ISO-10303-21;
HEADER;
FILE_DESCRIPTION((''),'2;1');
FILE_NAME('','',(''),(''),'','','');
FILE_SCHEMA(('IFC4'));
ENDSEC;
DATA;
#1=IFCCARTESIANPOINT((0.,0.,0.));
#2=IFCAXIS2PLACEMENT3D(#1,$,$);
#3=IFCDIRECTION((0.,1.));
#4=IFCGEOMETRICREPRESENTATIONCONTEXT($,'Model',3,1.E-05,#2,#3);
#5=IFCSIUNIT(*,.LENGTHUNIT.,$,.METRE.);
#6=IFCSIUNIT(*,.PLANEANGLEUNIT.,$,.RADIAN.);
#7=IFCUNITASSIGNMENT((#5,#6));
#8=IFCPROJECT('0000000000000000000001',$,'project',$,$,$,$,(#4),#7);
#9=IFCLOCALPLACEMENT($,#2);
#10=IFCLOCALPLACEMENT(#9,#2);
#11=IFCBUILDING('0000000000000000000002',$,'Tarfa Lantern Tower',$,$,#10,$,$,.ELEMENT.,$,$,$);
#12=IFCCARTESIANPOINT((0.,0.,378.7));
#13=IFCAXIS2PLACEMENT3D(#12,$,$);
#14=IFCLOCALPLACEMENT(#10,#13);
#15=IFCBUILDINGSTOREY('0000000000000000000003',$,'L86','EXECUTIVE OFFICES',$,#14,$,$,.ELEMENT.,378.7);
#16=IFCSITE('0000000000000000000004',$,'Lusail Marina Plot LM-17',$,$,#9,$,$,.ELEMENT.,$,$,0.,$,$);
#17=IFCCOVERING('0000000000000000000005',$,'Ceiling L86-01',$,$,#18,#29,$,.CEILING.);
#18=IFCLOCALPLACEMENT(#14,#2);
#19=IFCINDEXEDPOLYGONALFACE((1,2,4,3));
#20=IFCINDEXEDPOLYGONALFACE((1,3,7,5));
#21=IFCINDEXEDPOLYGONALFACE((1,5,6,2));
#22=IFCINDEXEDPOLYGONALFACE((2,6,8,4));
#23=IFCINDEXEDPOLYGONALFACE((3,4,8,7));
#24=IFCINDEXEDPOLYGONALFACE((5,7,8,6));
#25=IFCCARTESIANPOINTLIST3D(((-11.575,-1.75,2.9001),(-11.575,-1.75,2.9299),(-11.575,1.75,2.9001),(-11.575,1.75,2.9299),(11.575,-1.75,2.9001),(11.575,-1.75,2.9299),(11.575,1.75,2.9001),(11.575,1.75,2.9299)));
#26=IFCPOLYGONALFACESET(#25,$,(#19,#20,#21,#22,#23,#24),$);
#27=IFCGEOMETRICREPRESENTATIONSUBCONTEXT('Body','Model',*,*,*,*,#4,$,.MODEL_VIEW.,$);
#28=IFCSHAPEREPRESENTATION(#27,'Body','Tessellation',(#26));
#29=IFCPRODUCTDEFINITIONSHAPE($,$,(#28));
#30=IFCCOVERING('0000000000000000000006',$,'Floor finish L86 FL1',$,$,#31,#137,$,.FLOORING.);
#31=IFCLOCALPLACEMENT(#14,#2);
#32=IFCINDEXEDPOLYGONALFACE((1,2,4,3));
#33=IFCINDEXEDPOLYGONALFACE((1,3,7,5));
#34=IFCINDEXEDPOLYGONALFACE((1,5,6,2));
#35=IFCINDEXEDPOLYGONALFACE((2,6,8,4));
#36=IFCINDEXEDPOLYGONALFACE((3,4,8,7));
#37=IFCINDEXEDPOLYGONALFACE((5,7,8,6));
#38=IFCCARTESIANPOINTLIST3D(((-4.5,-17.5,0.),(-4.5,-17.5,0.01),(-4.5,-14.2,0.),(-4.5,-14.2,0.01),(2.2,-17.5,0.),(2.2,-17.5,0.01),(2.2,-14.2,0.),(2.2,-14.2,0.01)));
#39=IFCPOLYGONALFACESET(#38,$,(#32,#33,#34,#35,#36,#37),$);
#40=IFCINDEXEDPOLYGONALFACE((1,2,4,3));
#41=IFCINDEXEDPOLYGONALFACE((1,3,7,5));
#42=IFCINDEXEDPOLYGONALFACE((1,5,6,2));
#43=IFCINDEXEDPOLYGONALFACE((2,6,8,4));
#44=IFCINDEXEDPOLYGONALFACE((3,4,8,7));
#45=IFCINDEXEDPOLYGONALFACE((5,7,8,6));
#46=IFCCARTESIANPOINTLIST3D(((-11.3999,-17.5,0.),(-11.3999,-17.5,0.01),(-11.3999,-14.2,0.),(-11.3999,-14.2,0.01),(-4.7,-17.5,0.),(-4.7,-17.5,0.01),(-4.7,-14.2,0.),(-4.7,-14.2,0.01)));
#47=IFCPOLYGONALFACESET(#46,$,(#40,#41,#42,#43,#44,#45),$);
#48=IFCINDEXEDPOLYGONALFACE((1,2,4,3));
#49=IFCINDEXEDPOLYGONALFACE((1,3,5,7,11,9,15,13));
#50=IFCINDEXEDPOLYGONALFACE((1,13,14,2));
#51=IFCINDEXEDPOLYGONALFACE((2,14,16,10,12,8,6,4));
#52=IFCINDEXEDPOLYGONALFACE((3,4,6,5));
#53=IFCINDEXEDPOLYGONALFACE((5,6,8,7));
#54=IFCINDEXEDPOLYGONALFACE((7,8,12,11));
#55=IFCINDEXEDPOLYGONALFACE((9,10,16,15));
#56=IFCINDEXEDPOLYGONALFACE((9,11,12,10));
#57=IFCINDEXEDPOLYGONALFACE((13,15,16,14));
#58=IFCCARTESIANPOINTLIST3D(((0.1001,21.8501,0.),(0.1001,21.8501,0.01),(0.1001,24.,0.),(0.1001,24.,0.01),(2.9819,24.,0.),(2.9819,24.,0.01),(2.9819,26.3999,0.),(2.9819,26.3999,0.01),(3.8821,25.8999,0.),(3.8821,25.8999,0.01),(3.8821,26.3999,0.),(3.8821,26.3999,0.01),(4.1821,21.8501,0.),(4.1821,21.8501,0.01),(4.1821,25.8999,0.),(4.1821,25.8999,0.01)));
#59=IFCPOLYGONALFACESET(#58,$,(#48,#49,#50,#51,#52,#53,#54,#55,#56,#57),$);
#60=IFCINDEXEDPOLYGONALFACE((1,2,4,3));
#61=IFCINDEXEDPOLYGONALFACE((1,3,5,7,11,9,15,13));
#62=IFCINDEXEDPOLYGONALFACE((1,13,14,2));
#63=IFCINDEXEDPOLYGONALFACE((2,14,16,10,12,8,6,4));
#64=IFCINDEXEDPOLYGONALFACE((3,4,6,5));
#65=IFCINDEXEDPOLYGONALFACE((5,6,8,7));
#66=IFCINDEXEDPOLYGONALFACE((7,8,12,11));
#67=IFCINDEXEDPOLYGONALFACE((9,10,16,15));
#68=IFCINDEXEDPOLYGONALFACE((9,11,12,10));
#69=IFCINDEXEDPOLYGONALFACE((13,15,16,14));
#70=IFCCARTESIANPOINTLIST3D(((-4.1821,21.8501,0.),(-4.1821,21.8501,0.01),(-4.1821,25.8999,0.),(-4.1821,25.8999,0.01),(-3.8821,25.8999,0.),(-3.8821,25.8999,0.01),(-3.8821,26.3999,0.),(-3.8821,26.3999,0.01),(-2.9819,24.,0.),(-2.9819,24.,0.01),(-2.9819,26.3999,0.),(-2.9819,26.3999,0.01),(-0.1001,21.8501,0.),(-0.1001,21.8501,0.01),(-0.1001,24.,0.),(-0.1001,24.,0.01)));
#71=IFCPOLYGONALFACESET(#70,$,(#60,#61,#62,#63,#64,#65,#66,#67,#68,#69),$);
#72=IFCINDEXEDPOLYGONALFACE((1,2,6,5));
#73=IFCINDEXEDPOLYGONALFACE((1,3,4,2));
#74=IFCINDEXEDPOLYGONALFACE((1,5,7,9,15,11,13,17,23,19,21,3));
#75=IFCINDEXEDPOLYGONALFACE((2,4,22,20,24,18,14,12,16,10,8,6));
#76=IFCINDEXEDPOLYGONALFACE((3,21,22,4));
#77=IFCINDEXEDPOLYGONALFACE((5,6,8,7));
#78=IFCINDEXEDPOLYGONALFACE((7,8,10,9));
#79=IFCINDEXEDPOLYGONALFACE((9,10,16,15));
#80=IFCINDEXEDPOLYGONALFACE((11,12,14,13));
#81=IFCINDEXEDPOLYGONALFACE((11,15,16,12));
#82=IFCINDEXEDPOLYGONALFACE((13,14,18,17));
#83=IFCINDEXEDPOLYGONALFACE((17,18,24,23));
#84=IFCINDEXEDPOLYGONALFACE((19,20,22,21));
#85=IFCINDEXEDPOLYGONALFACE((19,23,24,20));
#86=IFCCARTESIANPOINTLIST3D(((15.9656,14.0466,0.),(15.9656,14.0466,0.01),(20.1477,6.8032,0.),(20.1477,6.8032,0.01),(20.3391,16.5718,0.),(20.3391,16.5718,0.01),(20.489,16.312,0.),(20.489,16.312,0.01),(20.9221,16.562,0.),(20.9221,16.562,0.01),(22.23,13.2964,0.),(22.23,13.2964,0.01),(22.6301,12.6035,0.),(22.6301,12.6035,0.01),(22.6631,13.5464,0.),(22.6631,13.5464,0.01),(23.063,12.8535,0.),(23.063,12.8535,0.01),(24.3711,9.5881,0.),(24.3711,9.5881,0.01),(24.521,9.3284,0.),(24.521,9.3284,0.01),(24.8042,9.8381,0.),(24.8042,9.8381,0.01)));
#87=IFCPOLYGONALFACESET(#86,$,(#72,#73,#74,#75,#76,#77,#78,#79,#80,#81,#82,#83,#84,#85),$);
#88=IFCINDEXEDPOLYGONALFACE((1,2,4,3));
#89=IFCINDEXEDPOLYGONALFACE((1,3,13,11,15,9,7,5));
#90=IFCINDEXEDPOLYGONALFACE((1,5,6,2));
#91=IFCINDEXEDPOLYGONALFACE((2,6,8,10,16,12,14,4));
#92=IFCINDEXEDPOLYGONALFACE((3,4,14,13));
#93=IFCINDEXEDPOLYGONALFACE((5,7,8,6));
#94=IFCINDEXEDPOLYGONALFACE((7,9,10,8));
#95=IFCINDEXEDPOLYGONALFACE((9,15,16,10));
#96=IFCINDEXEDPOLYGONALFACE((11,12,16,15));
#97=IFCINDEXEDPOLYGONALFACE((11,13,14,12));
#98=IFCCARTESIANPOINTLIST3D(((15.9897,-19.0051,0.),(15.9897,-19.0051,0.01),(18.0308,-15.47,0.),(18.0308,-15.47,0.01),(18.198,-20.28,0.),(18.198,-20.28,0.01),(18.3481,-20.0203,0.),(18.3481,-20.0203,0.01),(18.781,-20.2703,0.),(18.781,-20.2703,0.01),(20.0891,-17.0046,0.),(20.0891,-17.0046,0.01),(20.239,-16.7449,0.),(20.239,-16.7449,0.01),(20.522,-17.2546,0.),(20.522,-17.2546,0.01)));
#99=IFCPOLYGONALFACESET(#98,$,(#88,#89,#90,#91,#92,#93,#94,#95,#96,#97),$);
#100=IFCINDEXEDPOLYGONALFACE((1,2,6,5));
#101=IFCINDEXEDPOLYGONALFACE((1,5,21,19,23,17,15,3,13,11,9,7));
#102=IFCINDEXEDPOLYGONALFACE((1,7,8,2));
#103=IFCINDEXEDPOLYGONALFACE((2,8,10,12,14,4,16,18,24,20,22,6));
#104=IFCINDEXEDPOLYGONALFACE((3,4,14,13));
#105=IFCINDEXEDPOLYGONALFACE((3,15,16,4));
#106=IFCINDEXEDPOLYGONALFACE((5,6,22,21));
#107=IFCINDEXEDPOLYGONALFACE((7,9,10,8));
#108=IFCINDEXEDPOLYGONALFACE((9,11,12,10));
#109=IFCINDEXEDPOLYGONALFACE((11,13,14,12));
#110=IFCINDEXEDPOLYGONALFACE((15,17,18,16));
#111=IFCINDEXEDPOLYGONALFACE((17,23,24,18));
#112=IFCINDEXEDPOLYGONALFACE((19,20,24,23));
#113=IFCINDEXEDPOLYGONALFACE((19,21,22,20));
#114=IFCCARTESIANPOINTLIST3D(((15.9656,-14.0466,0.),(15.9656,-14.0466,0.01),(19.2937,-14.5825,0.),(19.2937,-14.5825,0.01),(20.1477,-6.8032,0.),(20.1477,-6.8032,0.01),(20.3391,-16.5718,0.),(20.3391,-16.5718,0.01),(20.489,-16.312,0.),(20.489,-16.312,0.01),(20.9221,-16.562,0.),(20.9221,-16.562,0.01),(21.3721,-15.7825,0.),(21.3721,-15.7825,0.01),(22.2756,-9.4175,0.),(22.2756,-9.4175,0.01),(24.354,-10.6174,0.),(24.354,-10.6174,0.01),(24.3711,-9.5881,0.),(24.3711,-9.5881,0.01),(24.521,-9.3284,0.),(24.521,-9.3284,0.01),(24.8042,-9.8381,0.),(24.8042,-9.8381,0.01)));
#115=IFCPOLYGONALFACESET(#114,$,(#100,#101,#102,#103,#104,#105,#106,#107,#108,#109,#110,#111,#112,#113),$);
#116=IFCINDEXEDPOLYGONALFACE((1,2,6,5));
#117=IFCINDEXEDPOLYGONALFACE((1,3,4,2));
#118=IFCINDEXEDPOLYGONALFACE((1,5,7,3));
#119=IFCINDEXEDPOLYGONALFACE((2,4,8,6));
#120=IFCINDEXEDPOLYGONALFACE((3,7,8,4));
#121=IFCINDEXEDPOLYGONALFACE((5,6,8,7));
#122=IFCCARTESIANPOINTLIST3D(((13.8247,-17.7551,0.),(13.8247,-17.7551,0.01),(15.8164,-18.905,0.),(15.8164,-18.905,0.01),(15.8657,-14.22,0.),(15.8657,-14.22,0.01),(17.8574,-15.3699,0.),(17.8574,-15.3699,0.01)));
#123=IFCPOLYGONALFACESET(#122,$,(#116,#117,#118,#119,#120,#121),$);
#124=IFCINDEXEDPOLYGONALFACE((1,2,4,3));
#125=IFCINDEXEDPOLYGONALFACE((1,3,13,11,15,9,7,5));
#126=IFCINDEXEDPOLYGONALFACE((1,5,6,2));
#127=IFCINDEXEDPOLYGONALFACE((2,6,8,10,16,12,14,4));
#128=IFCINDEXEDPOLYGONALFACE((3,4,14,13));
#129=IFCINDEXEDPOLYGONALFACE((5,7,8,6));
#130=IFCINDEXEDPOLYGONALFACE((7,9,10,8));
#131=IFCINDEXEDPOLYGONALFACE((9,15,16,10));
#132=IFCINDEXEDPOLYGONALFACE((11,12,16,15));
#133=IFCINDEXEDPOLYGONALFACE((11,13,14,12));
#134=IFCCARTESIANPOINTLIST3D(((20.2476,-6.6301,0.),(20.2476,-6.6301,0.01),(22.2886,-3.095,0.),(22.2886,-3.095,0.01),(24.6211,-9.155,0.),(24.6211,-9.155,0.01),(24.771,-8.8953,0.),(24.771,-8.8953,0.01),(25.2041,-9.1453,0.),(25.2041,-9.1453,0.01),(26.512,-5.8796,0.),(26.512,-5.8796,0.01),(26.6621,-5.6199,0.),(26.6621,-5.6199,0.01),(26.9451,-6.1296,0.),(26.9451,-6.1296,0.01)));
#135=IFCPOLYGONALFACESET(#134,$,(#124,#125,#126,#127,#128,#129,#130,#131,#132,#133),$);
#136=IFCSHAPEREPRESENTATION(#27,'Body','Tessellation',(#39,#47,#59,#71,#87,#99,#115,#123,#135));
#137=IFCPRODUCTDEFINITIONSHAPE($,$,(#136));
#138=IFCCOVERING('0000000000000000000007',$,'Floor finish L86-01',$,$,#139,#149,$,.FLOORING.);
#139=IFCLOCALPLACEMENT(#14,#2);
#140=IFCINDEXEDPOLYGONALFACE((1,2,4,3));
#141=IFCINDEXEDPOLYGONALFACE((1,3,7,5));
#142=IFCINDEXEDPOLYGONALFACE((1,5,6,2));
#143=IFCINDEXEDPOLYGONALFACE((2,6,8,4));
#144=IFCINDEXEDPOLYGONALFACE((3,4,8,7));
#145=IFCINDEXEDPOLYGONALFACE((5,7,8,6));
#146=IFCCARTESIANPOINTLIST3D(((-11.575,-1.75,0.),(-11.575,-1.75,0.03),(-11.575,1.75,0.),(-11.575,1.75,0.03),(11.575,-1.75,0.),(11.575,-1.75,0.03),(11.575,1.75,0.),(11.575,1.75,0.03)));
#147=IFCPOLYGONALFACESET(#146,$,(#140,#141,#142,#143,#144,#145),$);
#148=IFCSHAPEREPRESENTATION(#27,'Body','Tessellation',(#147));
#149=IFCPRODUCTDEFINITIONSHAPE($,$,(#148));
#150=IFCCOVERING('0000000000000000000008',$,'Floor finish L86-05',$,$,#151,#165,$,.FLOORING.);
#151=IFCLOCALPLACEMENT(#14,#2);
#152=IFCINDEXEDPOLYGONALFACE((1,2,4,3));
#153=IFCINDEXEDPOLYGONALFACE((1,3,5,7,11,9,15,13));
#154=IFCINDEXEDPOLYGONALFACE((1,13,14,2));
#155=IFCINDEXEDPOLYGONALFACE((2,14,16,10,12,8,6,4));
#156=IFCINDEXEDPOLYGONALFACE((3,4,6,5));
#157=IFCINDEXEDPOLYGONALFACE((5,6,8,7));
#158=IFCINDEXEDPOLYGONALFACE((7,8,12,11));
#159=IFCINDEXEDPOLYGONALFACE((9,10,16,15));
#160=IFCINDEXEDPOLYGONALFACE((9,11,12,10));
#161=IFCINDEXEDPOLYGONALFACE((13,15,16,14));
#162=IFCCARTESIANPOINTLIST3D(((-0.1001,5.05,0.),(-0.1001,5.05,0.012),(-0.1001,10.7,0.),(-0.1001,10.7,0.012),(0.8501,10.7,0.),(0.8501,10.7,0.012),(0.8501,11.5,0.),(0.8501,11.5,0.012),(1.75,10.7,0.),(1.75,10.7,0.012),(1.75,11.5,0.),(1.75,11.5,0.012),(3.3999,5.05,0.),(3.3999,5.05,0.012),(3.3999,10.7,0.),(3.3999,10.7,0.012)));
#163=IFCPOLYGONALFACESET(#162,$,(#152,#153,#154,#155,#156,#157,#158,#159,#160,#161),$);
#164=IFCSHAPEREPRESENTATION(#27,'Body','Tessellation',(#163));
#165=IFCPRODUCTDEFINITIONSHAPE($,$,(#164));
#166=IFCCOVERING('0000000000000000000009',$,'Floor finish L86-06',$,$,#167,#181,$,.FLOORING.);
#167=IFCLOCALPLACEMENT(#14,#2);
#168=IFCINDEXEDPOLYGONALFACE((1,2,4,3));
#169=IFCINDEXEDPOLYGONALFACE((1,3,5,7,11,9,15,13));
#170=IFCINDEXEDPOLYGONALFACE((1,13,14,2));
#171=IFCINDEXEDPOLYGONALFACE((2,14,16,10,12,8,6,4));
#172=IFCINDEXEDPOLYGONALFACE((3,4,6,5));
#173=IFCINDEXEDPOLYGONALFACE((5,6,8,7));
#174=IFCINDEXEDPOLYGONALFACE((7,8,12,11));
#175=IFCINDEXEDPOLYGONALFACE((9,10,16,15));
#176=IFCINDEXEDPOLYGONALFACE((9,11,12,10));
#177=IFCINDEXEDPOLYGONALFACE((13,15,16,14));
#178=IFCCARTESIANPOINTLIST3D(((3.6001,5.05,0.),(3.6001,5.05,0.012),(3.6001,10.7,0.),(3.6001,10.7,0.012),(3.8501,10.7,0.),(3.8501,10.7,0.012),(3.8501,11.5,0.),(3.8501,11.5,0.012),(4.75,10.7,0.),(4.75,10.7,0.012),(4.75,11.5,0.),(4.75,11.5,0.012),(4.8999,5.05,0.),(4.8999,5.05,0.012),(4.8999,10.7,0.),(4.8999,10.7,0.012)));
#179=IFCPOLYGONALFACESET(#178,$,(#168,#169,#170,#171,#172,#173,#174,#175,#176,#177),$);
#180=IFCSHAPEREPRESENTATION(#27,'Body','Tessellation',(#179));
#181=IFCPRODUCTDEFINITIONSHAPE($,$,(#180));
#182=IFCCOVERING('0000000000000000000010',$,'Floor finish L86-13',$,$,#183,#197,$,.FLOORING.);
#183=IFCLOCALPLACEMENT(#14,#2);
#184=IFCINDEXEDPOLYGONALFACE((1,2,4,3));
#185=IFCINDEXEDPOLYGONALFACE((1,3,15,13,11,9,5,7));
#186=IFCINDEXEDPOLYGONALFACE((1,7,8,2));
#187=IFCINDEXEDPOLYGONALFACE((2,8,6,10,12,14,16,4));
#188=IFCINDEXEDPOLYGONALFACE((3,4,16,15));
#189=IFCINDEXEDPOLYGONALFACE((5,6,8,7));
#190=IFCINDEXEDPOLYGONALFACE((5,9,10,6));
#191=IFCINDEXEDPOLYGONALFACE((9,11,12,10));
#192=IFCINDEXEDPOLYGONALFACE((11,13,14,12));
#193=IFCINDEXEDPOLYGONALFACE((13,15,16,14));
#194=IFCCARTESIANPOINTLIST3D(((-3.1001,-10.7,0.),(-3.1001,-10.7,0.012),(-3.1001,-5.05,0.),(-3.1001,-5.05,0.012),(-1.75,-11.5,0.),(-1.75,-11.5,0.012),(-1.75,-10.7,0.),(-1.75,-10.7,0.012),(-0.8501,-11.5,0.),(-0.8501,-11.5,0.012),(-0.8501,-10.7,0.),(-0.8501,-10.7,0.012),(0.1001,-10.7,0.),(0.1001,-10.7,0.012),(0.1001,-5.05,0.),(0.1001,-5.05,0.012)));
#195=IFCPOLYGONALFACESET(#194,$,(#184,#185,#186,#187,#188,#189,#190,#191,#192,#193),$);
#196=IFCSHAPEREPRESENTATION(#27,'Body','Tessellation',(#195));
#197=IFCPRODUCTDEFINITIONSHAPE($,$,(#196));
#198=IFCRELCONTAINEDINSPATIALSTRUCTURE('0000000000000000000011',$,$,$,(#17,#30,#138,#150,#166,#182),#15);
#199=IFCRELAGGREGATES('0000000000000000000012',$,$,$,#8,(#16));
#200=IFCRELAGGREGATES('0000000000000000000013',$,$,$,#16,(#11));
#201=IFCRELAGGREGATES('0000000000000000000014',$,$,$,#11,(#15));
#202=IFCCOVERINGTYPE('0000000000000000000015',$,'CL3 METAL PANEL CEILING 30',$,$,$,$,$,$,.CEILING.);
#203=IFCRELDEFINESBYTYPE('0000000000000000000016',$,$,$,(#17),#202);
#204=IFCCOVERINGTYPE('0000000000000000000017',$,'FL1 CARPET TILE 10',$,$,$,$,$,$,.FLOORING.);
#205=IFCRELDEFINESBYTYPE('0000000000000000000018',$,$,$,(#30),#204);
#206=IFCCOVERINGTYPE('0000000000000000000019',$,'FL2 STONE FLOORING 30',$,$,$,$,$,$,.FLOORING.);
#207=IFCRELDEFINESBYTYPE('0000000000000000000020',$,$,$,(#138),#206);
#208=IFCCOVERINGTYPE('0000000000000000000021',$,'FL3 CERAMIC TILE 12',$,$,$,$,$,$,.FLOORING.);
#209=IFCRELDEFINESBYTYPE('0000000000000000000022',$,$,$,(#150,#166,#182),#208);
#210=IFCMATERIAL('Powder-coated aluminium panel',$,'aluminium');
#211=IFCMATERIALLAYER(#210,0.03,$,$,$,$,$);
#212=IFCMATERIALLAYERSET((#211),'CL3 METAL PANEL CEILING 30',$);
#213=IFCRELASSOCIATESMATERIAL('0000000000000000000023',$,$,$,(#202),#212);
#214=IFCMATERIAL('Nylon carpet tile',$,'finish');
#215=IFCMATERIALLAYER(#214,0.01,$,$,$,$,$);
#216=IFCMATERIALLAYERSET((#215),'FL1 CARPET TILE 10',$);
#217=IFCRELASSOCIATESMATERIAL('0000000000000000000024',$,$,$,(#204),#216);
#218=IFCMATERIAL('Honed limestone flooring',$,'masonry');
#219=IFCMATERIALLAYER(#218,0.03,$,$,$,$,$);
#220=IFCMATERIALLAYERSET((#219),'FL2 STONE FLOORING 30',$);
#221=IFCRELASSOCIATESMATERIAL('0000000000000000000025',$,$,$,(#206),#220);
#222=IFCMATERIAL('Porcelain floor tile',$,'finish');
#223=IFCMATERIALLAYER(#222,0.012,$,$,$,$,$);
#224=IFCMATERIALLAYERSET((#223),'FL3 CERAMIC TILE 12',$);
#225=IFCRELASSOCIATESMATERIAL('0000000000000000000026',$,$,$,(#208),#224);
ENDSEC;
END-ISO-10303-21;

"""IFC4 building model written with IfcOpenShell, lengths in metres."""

from ifc_helpers import new_model, si_unit, direction, frame, origin, place, context, subcontext, project, spatial, polyline, outline, extrude, material, layer, layer_set, type_object, element, save


model = new_model("IFC4")

# Units and contexts
model_context = context("Model", 3, precision=1e-05, world=origin(), true_north=direction((0.0, 1.0)))
body_context = subcontext(model_context, "Body", "Model", "MODEL_VIEW")
ifc_project = project(units=[si_unit("LENGTHUNIT", "METRE"), si_unit("PLANEANGLEUNIT", "RADIAN")], contexts=[model_context])

# Site, building, storey
site_placement = place(None, origin())
site = spatial("IfcSite", under=ifc_project, at=site_placement, Name="Lusail Marina Plot LM-17", CompositionType="ELEMENT", RefElevation=0.0)
building_placement = place(site_placement, origin())
building = spatial("IfcBuilding", under=site, at=building_placement, Name="Tarfa Lantern Tower", CompositionType="ELEMENT")
storey_placement = place(building_placement, frame((0.0, 0.0, 378.7)))
storey = spatial("IfcBuildingStorey", under=building, at=storey_placement, Name="L86", Description="EXECUTIVE OFFICES", CompositionType="ELEMENT", Elevation=378.7)

# Coverings
ifc_material_1 = material(Name="Powder-coated aluminium panel", Category="aluminium")
ifc_layer_1 = layer(ifc_material_1, 0.03)
ifc_layer_set_1 = layer_set([ifc_layer_1], Name="CL3 METAL PANEL CEILING 30")
covering_type_1 = type_object("IfcCoveringType", Name="CL3 METAL PANEL CEILING 30", PredefinedType="CEILING", material=ifc_layer_set_1)
covering_1_placement = place(storey_placement, frame((0.0, 0.0, 2.9001)))
element("IfcCovering", 1, at=covering_1_placement, inside=storey, type_object=covering_type_1, Name="Ceiling L86-01", PredefinedType="CEILING", context=body_context, shape_type="SweptSolid", body=[
    extrude(outline(polyline([(-11.575, -1.75), (11.575, -1.75), (11.575, 1.75), (-11.575, 1.75), (-11.575, -1.75)])), origin(), (0.0, 0.0, 1.0), 0.0298),
])
ifc_material_2 = material(Name="Nylon carpet tile", Category="finish")
ifc_layer_2 = layer(ifc_material_2, 0.01)
ifc_layer_set_2 = layer_set([ifc_layer_2], Name="FL1 CARPET TILE 10")
covering_type_2 = type_object("IfcCoveringType", Name="FL1 CARPET TILE 10", PredefinedType="FLOORING", material=ifc_layer_set_2)
covering_2_placement = place(storey_placement, origin())
element("IfcCovering", 2, at=covering_2_placement, inside=storey, type_object=covering_type_2, Name="Floor finish L86 FL1", PredefinedType="FLOORING", context=body_context, shape_type="SweptSolid", body=[
    extrude(outline(polyline([(-4.5, -14.2), (2.2, -14.2), (2.2, -17.5), (-4.5, -17.5), (-4.5, -14.2)])), origin(), (0.0, 0.0, 1.0), 0.01),
    extrude(outline(polyline([(-11.3999, -14.2), (-4.7, -14.2), (-4.7, -17.5), (-11.3999, -17.5), (-11.3999, -14.2)])), origin(), (0.0, 0.0, 1.0), 0.01),
    extrude(outline(polyline([(4.1821, 21.8501), (0.1001, 21.8501), (0.1001, 24.0), (2.9819, 24.0), (2.9819, 26.3999), (3.8821, 26.3999), (3.8821, 25.8999), (4.1821, 25.8999), (4.1821, 21.8501)])), origin(), (0.0, 0.0, 1.0), 0.01),
    extrude(outline(polyline([(-2.9819, 24.0), (-0.1001, 24.0), (-0.1001, 21.8501), (-4.1821, 21.8501), (-4.1821, 25.8999), (-3.8821, 25.8999), (-3.8821, 26.3999), (-2.9819, 26.3999), (-2.9819, 24.0)])), origin(), (0.0, 0.0, 1.0), 0.01),
    extrude(outline(polyline([(15.9656, 14.0466), (20.3391, 16.5718), (20.489, 16.312), (20.9221, 16.562), (22.6631, 13.5464), (22.23, 13.2964), (22.6301, 12.6035), (23.063, 12.8535), (24.8042, 9.8381), (24.3711, 9.5881), (24.521, 9.3284), (20.1477, 6.8032), (15.9656, 14.0466)])), origin(), (0.0, 0.0, 1.0), 0.01),
    extrude(outline(polyline([(15.9897, -19.0051), (18.0308, -15.47), (20.239, -16.7449), (20.0891, -17.0046), (20.522, -17.2546), (18.781, -20.2703), (18.3481, -20.0203), (18.198, -20.28), (15.9897, -19.0051)])), origin(), (0.0, 0.0, 1.0), 0.01),
    extrude(outline(polyline([(20.1477, -6.8032), (24.521, -9.3284), (24.3711, -9.5881), (24.8042, -9.8381), (24.354, -10.6174), (22.2756, -9.4175), (19.2937, -14.5825), (21.3721, -15.7825), (20.9221, -16.562), (20.489, -16.312), (20.3391, -16.5718), (15.9656, -14.0466), (20.1477, -6.8032)])), origin(), (0.0, 0.0, 1.0), 0.01),
    extrude(outline(polyline([(15.8657, -14.22), (17.8574, -15.3699), (15.8164, -18.905), (13.8247, -17.7551), (15.8657, -14.22)])), origin(), (0.0, 0.0, 1.0), 0.01),
    extrude(outline(polyline([(22.2886, -3.095), (26.6621, -5.6199), (26.512, -5.8796), (26.9451, -6.1296), (25.2041, -9.1453), (24.771, -8.8953), (24.6211, -9.155), (20.2476, -6.6301), (22.2886, -3.095)])), origin(), (0.0, 0.0, 1.0), 0.01),
])
ifc_material_3 = material(Name="Honed limestone flooring", Category="masonry")
ifc_layer_3 = layer(ifc_material_3, 0.03)
ifc_layer_set_3 = layer_set([ifc_layer_3], Name="FL2 STONE FLOORING 30")
covering_type_3 = type_object("IfcCoveringType", Name="FL2 STONE FLOORING 30", PredefinedType="FLOORING", material=ifc_layer_set_3)
covering_3_placement = place(storey_placement, origin())
element("IfcCovering", 3, at=covering_3_placement, inside=storey, type_object=covering_type_3, Name="Floor finish L86-01", PredefinedType="FLOORING", context=body_context, shape_type="SweptSolid", body=[
    extrude(outline(polyline([(-11.575, -1.75), (11.575, -1.75), (11.575, 1.75), (-11.575, 1.75), (-11.575, -1.75)])), origin(), (0.0, 0.0, 1.0), 0.03),
])
ifc_material_4 = material(Name="Porcelain floor tile", Category="finish")
ifc_layer_4 = layer(ifc_material_4, 0.012)
ifc_layer_set_4 = layer_set([ifc_layer_4], Name="FL3 CERAMIC TILE 12")
covering_type_4 = type_object("IfcCoveringType", Name="FL3 CERAMIC TILE 12", PredefinedType="FLOORING", material=ifc_layer_set_4)
covering_4_placement = place(storey_placement, origin())
element("IfcCovering", 4, at=covering_4_placement, inside=storey, type_object=covering_type_4, Name="Floor finish L86-05", PredefinedType="FLOORING", context=body_context, shape_type="SweptSolid", body=[
    extrude(outline(polyline([(0.8501, 10.7), (-0.1001, 10.7), (-0.1001, 5.05), (3.3999, 5.05), (3.3999, 10.7), (1.75, 10.7), (1.75, 11.5), (0.8501, 11.5), (0.8501, 11.5), (0.8501, 10.7)])), origin(), (0.0, 0.0, 1.0), 0.012),
])
covering_5_placement = place(storey_placement, origin())
element("IfcCovering", 5, at=covering_5_placement, inside=storey, type_object=covering_type_4, Name="Floor finish L86-06", PredefinedType="FLOORING", context=body_context, shape_type="SweptSolid", body=[
    extrude(outline(polyline([(3.6001, 5.05), (4.8999, 5.05), (4.8999, 10.7), (4.75, 10.7), (4.75, 11.5), (3.8501, 11.5), (3.8501, 10.7), (3.6001, 10.7), (3.6001, 5.05)])), origin(), (0.0, 0.0, 1.0), 0.012),
])
covering_6_placement = place(storey_placement, origin())
element("IfcCovering", 6, at=covering_6_placement, inside=storey, type_object=covering_type_4, Name="Floor finish L86-13", PredefinedType="FLOORING", context=body_context, shape_type="SweptSolid", body=[
    extrude(outline(polyline([(-0.8501, -10.7), (0.1001, -10.7), (0.1001, -5.05), (-3.1001, -5.05), (-3.1001, -10.7), (-1.75, -10.7), (-1.75, -11.5), (-0.8501, -11.5), (-0.8501, -10.7)])), origin(), (0.0, 0.0, 1.0), 0.012),
])

save(model, "model.ifc")
